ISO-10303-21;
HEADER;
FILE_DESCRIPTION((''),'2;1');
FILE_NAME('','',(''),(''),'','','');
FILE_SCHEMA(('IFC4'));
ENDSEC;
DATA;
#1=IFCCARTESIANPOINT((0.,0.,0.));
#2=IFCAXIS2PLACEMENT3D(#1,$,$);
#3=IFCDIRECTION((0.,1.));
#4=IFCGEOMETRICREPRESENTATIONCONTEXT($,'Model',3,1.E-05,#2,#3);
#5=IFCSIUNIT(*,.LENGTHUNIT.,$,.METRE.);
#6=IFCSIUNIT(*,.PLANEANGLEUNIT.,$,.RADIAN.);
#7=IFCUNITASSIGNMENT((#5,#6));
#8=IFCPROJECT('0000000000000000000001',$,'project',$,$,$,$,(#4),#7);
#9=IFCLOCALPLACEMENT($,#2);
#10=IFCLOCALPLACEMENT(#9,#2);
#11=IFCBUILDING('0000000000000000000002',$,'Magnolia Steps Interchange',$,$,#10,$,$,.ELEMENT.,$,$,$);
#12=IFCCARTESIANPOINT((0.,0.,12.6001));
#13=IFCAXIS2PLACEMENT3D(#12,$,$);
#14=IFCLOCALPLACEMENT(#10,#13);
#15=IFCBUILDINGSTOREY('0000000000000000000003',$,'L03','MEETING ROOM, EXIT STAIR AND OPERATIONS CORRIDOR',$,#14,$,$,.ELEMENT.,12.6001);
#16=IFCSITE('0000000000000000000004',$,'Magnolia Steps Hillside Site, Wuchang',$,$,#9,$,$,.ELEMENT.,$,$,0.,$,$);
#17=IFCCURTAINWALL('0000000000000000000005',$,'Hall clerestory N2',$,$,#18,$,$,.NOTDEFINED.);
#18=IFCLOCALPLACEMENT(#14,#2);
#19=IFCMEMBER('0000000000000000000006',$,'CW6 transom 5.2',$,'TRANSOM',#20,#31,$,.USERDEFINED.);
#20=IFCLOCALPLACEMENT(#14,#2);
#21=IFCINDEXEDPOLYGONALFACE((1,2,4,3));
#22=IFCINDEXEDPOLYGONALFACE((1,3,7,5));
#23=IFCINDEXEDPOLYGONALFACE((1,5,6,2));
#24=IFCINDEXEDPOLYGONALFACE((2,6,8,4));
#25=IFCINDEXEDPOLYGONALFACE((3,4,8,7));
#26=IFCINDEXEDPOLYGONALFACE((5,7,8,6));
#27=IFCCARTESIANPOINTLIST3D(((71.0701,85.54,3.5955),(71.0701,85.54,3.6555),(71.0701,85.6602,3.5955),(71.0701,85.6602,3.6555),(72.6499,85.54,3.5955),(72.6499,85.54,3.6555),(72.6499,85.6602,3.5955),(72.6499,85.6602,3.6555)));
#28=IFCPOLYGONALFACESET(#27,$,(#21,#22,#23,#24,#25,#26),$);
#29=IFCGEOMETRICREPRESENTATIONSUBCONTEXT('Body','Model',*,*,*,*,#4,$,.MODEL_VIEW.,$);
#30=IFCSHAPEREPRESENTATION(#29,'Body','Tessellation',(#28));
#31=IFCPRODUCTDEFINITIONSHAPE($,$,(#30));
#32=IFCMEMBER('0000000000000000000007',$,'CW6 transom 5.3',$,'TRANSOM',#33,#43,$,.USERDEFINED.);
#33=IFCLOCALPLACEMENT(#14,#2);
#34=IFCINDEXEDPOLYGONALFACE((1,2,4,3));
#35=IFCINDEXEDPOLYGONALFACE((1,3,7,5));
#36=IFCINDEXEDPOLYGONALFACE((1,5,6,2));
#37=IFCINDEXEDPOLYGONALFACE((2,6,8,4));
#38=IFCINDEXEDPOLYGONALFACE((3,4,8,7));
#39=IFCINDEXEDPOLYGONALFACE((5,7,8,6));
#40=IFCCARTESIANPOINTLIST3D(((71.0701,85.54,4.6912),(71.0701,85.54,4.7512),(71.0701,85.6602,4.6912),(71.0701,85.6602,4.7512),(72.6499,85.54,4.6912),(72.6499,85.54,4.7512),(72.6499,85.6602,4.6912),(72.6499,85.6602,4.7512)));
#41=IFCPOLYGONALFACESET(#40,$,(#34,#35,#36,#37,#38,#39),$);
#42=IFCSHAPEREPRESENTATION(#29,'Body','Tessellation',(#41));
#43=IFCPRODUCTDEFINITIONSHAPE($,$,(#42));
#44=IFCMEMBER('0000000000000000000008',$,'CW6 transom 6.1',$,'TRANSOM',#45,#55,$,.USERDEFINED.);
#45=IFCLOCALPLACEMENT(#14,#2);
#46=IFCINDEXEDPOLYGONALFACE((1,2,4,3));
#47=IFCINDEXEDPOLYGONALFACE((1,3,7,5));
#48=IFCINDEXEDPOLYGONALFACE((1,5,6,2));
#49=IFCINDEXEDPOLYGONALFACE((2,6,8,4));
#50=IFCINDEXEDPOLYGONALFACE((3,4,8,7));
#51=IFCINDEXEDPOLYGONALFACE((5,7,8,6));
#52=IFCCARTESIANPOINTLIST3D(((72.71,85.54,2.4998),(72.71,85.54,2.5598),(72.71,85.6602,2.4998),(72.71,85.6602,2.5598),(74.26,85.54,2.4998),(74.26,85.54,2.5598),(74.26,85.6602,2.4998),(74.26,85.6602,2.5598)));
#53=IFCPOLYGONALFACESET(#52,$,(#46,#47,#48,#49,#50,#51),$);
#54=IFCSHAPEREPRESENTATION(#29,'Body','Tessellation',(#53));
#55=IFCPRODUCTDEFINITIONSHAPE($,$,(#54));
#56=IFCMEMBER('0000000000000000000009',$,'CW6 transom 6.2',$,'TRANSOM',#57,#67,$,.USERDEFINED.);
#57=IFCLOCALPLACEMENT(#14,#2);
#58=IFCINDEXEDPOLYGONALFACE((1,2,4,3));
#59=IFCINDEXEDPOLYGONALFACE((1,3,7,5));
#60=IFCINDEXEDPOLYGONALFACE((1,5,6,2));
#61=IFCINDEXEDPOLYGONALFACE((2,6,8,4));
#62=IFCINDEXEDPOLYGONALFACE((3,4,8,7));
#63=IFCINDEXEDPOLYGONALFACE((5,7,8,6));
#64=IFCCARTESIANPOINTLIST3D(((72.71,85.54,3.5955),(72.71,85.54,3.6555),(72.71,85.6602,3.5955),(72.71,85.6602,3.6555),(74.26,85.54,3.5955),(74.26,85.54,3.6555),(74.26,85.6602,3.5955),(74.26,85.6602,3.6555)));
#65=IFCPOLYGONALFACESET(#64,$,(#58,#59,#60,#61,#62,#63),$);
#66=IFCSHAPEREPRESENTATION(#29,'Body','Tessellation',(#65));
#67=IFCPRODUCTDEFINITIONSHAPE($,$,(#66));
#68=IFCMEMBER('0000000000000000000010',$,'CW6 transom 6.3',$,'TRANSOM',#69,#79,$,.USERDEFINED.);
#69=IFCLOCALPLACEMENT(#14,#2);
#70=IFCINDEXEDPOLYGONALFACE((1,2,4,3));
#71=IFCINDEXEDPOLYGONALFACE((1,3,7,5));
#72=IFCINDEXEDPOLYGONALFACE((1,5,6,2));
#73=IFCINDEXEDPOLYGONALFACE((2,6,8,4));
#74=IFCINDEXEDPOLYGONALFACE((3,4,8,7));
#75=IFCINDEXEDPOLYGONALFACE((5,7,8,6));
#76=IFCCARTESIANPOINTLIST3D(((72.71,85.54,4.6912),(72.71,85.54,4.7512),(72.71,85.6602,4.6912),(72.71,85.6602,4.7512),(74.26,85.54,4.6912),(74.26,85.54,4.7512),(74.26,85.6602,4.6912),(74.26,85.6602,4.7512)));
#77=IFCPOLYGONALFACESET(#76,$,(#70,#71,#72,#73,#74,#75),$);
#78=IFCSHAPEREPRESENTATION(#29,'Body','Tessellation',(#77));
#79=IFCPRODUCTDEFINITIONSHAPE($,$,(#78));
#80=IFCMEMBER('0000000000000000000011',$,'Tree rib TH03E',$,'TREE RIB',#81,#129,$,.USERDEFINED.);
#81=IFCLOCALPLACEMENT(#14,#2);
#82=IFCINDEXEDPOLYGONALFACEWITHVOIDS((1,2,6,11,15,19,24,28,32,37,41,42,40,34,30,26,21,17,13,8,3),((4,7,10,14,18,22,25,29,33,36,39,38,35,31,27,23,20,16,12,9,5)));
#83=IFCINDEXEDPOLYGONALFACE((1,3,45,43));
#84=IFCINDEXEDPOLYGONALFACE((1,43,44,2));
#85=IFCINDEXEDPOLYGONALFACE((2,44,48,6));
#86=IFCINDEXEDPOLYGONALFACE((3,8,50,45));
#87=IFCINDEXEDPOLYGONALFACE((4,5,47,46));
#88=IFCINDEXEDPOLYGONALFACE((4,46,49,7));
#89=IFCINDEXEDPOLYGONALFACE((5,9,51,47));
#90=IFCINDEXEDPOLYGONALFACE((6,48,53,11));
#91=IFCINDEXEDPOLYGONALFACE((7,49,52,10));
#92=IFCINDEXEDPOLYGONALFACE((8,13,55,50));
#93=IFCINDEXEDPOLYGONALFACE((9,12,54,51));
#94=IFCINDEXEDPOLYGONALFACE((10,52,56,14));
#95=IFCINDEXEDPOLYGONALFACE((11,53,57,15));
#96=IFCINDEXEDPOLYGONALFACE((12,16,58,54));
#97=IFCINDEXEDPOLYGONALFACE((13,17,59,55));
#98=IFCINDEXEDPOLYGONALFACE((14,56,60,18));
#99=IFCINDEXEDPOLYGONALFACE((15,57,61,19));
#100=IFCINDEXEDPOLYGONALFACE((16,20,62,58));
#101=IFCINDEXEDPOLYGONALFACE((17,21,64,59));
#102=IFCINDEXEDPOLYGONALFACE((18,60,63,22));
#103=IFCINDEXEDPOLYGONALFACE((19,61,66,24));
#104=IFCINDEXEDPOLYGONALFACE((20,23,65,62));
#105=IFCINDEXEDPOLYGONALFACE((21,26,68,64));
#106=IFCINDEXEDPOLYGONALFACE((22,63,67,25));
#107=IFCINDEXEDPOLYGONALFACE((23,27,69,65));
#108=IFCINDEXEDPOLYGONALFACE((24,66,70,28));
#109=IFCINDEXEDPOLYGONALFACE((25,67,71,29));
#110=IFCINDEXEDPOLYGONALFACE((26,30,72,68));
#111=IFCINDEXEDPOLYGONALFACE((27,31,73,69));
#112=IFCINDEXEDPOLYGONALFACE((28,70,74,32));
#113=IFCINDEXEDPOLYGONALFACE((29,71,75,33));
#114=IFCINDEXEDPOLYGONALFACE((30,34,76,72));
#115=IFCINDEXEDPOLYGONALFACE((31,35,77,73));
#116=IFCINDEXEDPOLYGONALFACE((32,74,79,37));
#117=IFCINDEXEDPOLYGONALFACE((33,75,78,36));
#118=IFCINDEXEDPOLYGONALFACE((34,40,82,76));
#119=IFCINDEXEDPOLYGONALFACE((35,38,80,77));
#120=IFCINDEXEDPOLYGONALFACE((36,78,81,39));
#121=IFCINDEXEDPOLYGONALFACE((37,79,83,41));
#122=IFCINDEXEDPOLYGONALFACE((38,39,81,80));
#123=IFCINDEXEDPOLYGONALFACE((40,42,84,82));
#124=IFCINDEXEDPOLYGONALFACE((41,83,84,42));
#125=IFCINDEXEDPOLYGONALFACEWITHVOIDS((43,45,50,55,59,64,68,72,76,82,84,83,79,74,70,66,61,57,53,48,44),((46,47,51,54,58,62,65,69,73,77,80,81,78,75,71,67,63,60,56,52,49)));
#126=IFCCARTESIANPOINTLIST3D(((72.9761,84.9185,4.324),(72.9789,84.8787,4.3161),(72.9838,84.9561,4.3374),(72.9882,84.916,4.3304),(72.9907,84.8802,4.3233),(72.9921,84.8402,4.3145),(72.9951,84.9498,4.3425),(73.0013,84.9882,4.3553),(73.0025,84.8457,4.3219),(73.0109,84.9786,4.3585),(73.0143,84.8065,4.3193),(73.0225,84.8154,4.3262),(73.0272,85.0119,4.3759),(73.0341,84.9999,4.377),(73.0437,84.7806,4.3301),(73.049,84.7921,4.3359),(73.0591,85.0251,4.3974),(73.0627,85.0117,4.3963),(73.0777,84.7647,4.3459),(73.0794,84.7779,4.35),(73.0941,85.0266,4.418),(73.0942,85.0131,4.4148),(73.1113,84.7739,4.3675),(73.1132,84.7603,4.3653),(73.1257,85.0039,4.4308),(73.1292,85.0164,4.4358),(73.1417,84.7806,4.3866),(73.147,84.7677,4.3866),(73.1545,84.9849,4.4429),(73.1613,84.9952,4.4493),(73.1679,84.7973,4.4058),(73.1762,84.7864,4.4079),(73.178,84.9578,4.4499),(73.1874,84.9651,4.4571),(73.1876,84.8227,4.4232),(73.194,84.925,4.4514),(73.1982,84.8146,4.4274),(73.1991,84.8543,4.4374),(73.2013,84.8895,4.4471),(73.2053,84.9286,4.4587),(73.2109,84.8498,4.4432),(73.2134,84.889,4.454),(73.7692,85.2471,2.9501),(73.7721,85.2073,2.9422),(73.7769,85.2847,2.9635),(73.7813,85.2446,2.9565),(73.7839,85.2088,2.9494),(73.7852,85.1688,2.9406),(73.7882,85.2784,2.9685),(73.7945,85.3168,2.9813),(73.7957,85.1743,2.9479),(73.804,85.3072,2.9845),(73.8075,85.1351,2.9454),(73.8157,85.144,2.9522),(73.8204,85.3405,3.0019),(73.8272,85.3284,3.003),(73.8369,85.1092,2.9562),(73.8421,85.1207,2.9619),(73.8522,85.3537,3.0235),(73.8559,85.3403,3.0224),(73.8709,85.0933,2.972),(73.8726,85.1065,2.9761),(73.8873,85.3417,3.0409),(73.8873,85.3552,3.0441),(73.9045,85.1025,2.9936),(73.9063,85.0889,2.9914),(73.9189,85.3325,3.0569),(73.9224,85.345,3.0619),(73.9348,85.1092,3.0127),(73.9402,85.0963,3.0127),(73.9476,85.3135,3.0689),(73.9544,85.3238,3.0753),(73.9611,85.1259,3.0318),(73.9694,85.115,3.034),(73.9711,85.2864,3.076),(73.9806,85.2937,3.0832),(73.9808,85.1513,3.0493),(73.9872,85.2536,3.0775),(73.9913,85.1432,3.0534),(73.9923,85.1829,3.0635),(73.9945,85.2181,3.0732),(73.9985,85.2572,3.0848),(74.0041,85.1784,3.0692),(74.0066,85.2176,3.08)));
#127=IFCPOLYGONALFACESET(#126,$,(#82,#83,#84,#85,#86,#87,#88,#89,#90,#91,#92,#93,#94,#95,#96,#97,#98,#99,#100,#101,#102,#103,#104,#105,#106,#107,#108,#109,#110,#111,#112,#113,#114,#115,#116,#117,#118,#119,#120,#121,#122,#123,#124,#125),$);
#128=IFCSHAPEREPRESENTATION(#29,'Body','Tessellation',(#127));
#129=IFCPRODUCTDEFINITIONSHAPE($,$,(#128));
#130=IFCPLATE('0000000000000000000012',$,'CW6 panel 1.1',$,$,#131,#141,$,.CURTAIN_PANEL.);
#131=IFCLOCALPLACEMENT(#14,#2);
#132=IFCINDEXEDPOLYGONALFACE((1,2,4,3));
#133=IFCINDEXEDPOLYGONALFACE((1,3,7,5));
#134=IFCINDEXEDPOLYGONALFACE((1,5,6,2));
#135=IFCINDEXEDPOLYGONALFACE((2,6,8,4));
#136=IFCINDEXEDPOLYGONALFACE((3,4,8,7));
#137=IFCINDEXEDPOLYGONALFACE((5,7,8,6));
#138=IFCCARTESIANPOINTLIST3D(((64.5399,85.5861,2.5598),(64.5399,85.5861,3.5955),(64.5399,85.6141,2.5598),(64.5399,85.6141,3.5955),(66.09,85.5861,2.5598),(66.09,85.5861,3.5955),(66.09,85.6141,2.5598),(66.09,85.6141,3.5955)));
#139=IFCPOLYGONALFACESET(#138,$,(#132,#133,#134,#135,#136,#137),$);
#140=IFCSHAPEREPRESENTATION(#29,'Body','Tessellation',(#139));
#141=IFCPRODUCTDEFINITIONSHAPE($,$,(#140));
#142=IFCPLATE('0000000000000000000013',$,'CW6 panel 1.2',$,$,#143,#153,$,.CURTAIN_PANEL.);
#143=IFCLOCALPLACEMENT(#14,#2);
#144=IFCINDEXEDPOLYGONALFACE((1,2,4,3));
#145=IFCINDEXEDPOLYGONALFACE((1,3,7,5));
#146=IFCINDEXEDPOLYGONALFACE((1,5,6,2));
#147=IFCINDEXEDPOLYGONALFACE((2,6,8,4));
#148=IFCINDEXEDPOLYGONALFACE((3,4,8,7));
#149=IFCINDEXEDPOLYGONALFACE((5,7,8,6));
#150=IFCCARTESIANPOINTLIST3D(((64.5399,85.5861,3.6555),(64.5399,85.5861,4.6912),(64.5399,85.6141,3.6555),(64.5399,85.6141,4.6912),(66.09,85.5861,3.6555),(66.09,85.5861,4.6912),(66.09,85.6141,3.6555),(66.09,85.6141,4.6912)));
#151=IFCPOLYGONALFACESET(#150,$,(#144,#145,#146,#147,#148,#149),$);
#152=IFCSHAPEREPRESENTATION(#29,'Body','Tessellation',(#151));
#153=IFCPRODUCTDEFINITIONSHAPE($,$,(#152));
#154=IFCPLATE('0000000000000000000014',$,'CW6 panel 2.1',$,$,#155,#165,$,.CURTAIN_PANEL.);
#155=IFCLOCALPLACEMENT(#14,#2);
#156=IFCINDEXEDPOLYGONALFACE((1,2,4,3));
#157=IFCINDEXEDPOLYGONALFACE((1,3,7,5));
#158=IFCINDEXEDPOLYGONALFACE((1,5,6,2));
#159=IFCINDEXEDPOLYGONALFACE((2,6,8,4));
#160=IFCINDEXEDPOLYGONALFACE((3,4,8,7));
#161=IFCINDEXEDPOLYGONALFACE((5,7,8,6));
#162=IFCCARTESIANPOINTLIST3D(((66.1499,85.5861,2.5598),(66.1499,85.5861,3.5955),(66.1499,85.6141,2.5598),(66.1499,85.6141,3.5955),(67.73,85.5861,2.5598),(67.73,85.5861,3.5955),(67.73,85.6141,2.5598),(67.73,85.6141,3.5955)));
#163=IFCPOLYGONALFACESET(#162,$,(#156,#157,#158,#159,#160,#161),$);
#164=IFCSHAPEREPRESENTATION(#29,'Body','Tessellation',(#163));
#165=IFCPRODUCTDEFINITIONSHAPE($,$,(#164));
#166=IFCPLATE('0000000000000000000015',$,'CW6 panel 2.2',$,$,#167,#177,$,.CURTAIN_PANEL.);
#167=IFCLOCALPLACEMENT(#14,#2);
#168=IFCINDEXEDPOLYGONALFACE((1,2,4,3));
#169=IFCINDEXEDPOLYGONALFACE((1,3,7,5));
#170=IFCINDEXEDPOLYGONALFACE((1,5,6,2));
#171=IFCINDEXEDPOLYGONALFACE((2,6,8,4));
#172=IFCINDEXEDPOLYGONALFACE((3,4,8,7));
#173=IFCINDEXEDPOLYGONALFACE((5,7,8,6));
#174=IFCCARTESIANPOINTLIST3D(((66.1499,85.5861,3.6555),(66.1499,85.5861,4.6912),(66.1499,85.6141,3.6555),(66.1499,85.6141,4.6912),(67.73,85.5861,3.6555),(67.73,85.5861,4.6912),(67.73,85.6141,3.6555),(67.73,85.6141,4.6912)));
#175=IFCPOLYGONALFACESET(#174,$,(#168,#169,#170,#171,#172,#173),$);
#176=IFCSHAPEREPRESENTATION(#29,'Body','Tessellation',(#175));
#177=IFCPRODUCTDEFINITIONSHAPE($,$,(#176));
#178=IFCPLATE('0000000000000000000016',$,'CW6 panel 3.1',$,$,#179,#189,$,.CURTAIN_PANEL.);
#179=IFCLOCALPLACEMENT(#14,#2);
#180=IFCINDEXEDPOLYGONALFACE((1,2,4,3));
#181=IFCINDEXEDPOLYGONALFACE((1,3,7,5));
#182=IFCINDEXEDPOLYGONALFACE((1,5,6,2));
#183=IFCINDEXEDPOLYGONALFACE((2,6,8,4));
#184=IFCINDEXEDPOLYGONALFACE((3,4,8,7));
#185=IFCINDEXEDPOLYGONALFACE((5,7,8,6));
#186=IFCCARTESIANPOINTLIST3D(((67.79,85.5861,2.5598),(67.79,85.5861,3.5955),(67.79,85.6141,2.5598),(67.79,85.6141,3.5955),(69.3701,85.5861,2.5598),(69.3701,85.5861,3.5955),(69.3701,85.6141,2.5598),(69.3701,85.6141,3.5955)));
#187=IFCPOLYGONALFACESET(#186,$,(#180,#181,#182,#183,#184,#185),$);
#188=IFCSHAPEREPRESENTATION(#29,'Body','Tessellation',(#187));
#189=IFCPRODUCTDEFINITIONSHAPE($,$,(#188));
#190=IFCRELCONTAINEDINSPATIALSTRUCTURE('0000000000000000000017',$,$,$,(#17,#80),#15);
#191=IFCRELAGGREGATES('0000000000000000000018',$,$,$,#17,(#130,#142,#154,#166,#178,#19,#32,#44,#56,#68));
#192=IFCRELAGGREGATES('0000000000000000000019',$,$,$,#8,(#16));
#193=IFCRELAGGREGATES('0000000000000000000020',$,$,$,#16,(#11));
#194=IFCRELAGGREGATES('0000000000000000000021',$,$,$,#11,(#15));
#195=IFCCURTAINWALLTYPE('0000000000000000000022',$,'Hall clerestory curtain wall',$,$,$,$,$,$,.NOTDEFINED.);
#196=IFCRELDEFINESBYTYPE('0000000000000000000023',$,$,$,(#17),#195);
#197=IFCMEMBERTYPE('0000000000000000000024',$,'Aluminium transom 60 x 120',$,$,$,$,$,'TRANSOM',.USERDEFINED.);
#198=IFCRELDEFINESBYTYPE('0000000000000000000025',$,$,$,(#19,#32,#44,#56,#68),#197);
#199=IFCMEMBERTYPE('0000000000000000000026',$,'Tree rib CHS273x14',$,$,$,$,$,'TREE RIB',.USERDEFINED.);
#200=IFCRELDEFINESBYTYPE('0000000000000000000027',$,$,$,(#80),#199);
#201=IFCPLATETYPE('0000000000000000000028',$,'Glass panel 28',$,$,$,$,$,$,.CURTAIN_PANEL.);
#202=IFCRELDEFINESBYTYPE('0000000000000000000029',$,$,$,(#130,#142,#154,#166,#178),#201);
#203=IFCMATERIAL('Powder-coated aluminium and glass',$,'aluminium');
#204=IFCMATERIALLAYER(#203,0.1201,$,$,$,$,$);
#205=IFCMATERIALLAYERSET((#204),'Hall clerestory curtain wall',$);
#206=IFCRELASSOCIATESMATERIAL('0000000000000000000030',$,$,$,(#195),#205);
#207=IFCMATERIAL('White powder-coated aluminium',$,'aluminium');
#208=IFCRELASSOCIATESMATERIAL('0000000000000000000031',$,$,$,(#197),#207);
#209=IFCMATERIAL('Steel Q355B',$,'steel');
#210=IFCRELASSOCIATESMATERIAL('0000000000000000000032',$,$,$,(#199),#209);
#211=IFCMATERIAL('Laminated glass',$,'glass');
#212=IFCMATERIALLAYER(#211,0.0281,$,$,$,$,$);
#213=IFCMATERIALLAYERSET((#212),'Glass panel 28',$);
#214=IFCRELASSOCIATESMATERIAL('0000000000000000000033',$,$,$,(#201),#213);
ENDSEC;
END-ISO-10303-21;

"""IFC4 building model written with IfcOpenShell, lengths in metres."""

from ifc_helpers import new_model, si_unit, direction, frame, origin, origin_2d, place, context, subcontext, project, spatial, rectangle, hollow_circle, extrude, material, layer, layer_set, material_profile, profile_set, type_object, element, aggregate, save


model = new_model("IFC4")

# Units and contexts
model_context = context("Model", 3, precision=1e-05, world=origin(), true_north=direction((0.0, 1.0)))
body_context = subcontext(model_context, "Body", "Model", "MODEL_VIEW")
ifc_project = project(units=[si_unit("LENGTHUNIT", "METRE"), si_unit("PLANEANGLEUNIT", "RADIAN")], contexts=[model_context])

# Site, building, storey
site_placement = place(None, origin())
site = spatial("IfcSite", under=ifc_project, at=site_placement, Name="Magnolia Steps Hillside Site, Wuchang", CompositionType="ELEMENT", RefElevation=0.0)
building_placement = place(site_placement, origin())
building = spatial("IfcBuilding", under=site, at=building_placement, Name="Magnolia Steps Interchange", CompositionType="ELEMENT")
storey_placement = place(building_placement, frame((0.0, 0.0, 12.6001)))
storey = spatial("IfcBuildingStorey", under=building, at=storey_placement, Name="L03", Description="MEETING ROOM, EXIT STAIR AND OPERATIONS CORRIDOR", CompositionType="ELEMENT", Elevation=12.6001)

# Curtain wall, members
ifc_material_1 = material(Name="Powder-coated aluminium and glass", Category="aluminium")
ifc_layer_1 = layer(ifc_material_1, 0.1201)
ifc_layer_set_1 = layer_set([ifc_layer_1], Name="Hall clerestory curtain wall")
curtain_wall_type = type_object("IfcCurtainWallType", Name="Hall clerestory curtain wall", PredefinedType="NOTDEFINED", material=ifc_layer_set_1)
curtain_wall_placement = place(storey_placement, origin())
curtain_wall = element("IfcCurtainWall", 1, at=curtain_wall_placement, inside=storey, type_object=curtain_wall_type, Name="Hall clerestory N2", PredefinedType="NOTDEFINED")
ifc_material_2 = material(Name="White powder-coated aluminium", Category="aluminium")
ifc_material_profile_1 = material_profile(ifc_material_2, rectangle(XDim=0.0601, YDim=0.1201, at=origin_2d()), Name="Aluminium transom 60 x 120")
ifc_profile_set_1 = profile_set([ifc_material_profile_1], Name="White powder-coated aluminium")
member_type_1 = type_object("IfcMemberType", Name="Aluminium transom 60 x 120", ElementType="TRANSOM", PredefinedType="USERDEFINED", material=ifc_profile_set_1)
member_1_placement = place(storey_placement, frame((71.0701, 85.6001, 3.6255), z_axis=(1.0, 0.0, 0.0), x_axis=(0.0, 0.0, 1.0)))
member_1 = element("IfcMember", 2, at=member_1_placement, type_object=member_type_1, Name="CW6 transom 5.2", ObjectType="TRANSOM", PredefinedType="USERDEFINED", context=body_context, shape_type="SweptSolid", body=[
    extrude(rectangle(XDim=0.0601, YDim=0.1201, at=origin_2d()), origin(), (0.0, 0.0, 1.0), 1.5798),
])
member_2_placement = place(storey_placement, frame((71.0701, 85.6001, 4.7212), z_axis=(1.0, 0.0, 0.0), x_axis=(0.0, 0.0, 1.0)))
member_2 = element("IfcMember", 3, at=member_2_placement, type_object=member_type_1, Name="CW6 transom 5.3", ObjectType="TRANSOM", PredefinedType="USERDEFINED", context=body_context, shape_type="SweptSolid", body=[
    extrude(rectangle(XDim=0.0601, YDim=0.1201, at=origin_2d()), origin(), (0.0, 0.0, 1.0), 1.5798),
])
member_3_placement = place(storey_placement, frame((72.71, 85.6001, 2.5298), z_axis=(1.0, 0.0, 0.0), x_axis=(0.0, 0.0, 1.0)))
member_3 = element("IfcMember", 4, at=member_3_placement, type_object=member_type_1, Name="CW6 transom 6.1", ObjectType="TRANSOM", PredefinedType="USERDEFINED", context=body_context, shape_type="SweptSolid", body=[
    extrude(rectangle(XDim=0.0601, YDim=0.1201, at=origin_2d()), origin(), (0.0, 0.0, 1.0), 1.55),
])
member_4_placement = place(storey_placement, frame((72.71, 85.6001, 3.6255), z_axis=(1.0, 0.0, 0.0), x_axis=(0.0, 0.0, 1.0)))
member_4 = element("IfcMember", 5, at=member_4_placement, type_object=member_type_1, Name="CW6 transom 6.2", ObjectType="TRANSOM", PredefinedType="USERDEFINED", context=body_context, shape_type="SweptSolid", body=[
    extrude(rectangle(XDim=0.0601, YDim=0.1201, at=origin_2d()), origin(), (0.0, 0.0, 1.0), 1.55),
])
member_5_placement = place(storey_placement, frame((72.71, 85.6001, 4.7212), z_axis=(1.0, 0.0, 0.0), x_axis=(0.0, 0.0, 1.0)))
member_5 = element("IfcMember", 6, at=member_5_placement, type_object=member_type_1, Name="CW6 transom 6.3", ObjectType="TRANSOM", PredefinedType="USERDEFINED", context=body_context, shape_type="SweptSolid", body=[
    extrude(rectangle(XDim=0.0601, YDim=0.1201, at=origin_2d()), origin(), (0.0, 0.0, 1.0), 1.55),
])

# Member
ifc_material_3 = material(Name="Steel Q355B", Category="steel")
ifc_material_profile_2 = material_profile(ifc_material_3, hollow_circle(Radius=0.1365, WallThickness=0.0139, at=origin_2d()), Name="CHS273x14")
ifc_profile_set_2 = profile_set([ifc_material_profile_2], Name="Steel Q355B")
member_type_2 = type_object("IfcMemberType", Name="Tree rib CHS273x14", ElementType="TREE RIB", PredefinedType="USERDEFINED", material=ifc_profile_set_2)
member_6_placement = place(storey_placement, frame((73.8879, 85.2224, 3.0127), z_axis=(-0.489571, -0.20282, 0.848047), x_axis=(0.382737, -0.923857, 0.0)))
element("IfcMember", 7, at=member_6_placement, inside=storey, type_object=member_type_2, Name="Tree rib TH03E", ObjectType="TREE RIB", PredefinedType="USERDEFINED", context=body_context, shape_type="SweptSolid", body=[
    extrude(hollow_circle(Radius=0.1365, WallThickness=0.0139, at=origin_2d()), origin(), (0.0, 0.0, 1.0), 1.6201),
])

# Plates
ifc_material_4 = material(Name="Laminated glass", Category="glass")
ifc_layer_2 = layer(ifc_material_4, 0.0281)
ifc_layer_set_2 = layer_set([ifc_layer_2], Name="Glass panel 28")
plate_type = type_object("IfcPlateType", Name="Glass panel 28", PredefinedType="CURTAIN_PANEL", material=ifc_layer_set_2)
plate_1_placement = place(storey_placement, frame((65.3149, 85.6001, 2.5598), z_axis=(0.0, 0.0, 1.0), x_axis=(1.0, 0.0, 0.0)))
plate_1 = element("IfcPlate", 8, at=plate_1_placement, type_object=plate_type, Name="CW6 panel 1.1", PredefinedType="CURTAIN_PANEL", context=body_context, shape_type="SweptSolid", body=[
    extrude(rectangle(XDim=1.55, YDim=0.0281, at=origin_2d()), origin(), (0.0, 0.0, 1.0), 1.0356),
])
plate_2_placement = place(storey_placement, frame((65.3149, 85.6001, 3.6555), z_axis=(0.0, 0.0, 1.0), x_axis=(1.0, 0.0, 0.0)))
plate_2 = element("IfcPlate", 9, at=plate_2_placement, type_object=plate_type, Name="CW6 panel 1.2", PredefinedType="CURTAIN_PANEL", context=body_context, shape_type="SweptSolid", body=[
    extrude(rectangle(XDim=1.55, YDim=0.0281, at=origin_2d()), origin(), (0.0, 0.0, 1.0), 1.0356),
])
plate_3_placement = place(storey_placement, frame((66.9399, 85.6001, 2.5598), z_axis=(0.0, 0.0, 1.0), x_axis=(1.0, 0.0, 0.0)))
plate_3 = element("IfcPlate", 10, at=plate_3_placement, type_object=plate_type, Name="CW6 panel 2.1", PredefinedType="CURTAIN_PANEL", context=body_context, shape_type="SweptSolid", body=[
    extrude(rectangle(XDim=1.5801, YDim=0.0281, at=origin_2d()), origin(), (0.0, 0.0, 1.0), 1.0356),
])
plate_4_placement = place(storey_placement, frame((66.9399, 85.6001, 3.6555), z_axis=(0.0, 0.0, 1.0), x_axis=(1.0, 0.0, 0.0)))
plate_4 = element("IfcPlate", 11, at=plate_4_placement, type_object=plate_type, Name="CW6 panel 2.2", PredefinedType="CURTAIN_PANEL", context=body_context, shape_type="SweptSolid", body=[
    extrude(rectangle(XDim=1.5801, YDim=0.0281, at=origin_2d()), origin(), (0.0, 0.0, 1.0), 1.0356),
])
plate_5_placement = place(storey_placement, frame((68.5801, 85.6001, 2.5598), z_axis=(0.0, 0.0, 1.0), x_axis=(1.0, 0.0, 0.0)))
plate_5 = element("IfcPlate", 12, at=plate_5_placement, type_object=plate_type, Name="CW6 panel 3.1", PredefinedType="CURTAIN_PANEL", context=body_context, shape_type="SweptSolid", body=[
    extrude(rectangle(XDim=1.5801, YDim=0.0281, at=origin_2d()), origin(), (0.0, 0.0, 1.0), 1.0356),
])
aggregate(curtain_wall, [plate_1, plate_2, plate_3, plate_4, plate_5, member_1, member_2, member_3, member_4, member_5])

save(model, "model.ifc")
